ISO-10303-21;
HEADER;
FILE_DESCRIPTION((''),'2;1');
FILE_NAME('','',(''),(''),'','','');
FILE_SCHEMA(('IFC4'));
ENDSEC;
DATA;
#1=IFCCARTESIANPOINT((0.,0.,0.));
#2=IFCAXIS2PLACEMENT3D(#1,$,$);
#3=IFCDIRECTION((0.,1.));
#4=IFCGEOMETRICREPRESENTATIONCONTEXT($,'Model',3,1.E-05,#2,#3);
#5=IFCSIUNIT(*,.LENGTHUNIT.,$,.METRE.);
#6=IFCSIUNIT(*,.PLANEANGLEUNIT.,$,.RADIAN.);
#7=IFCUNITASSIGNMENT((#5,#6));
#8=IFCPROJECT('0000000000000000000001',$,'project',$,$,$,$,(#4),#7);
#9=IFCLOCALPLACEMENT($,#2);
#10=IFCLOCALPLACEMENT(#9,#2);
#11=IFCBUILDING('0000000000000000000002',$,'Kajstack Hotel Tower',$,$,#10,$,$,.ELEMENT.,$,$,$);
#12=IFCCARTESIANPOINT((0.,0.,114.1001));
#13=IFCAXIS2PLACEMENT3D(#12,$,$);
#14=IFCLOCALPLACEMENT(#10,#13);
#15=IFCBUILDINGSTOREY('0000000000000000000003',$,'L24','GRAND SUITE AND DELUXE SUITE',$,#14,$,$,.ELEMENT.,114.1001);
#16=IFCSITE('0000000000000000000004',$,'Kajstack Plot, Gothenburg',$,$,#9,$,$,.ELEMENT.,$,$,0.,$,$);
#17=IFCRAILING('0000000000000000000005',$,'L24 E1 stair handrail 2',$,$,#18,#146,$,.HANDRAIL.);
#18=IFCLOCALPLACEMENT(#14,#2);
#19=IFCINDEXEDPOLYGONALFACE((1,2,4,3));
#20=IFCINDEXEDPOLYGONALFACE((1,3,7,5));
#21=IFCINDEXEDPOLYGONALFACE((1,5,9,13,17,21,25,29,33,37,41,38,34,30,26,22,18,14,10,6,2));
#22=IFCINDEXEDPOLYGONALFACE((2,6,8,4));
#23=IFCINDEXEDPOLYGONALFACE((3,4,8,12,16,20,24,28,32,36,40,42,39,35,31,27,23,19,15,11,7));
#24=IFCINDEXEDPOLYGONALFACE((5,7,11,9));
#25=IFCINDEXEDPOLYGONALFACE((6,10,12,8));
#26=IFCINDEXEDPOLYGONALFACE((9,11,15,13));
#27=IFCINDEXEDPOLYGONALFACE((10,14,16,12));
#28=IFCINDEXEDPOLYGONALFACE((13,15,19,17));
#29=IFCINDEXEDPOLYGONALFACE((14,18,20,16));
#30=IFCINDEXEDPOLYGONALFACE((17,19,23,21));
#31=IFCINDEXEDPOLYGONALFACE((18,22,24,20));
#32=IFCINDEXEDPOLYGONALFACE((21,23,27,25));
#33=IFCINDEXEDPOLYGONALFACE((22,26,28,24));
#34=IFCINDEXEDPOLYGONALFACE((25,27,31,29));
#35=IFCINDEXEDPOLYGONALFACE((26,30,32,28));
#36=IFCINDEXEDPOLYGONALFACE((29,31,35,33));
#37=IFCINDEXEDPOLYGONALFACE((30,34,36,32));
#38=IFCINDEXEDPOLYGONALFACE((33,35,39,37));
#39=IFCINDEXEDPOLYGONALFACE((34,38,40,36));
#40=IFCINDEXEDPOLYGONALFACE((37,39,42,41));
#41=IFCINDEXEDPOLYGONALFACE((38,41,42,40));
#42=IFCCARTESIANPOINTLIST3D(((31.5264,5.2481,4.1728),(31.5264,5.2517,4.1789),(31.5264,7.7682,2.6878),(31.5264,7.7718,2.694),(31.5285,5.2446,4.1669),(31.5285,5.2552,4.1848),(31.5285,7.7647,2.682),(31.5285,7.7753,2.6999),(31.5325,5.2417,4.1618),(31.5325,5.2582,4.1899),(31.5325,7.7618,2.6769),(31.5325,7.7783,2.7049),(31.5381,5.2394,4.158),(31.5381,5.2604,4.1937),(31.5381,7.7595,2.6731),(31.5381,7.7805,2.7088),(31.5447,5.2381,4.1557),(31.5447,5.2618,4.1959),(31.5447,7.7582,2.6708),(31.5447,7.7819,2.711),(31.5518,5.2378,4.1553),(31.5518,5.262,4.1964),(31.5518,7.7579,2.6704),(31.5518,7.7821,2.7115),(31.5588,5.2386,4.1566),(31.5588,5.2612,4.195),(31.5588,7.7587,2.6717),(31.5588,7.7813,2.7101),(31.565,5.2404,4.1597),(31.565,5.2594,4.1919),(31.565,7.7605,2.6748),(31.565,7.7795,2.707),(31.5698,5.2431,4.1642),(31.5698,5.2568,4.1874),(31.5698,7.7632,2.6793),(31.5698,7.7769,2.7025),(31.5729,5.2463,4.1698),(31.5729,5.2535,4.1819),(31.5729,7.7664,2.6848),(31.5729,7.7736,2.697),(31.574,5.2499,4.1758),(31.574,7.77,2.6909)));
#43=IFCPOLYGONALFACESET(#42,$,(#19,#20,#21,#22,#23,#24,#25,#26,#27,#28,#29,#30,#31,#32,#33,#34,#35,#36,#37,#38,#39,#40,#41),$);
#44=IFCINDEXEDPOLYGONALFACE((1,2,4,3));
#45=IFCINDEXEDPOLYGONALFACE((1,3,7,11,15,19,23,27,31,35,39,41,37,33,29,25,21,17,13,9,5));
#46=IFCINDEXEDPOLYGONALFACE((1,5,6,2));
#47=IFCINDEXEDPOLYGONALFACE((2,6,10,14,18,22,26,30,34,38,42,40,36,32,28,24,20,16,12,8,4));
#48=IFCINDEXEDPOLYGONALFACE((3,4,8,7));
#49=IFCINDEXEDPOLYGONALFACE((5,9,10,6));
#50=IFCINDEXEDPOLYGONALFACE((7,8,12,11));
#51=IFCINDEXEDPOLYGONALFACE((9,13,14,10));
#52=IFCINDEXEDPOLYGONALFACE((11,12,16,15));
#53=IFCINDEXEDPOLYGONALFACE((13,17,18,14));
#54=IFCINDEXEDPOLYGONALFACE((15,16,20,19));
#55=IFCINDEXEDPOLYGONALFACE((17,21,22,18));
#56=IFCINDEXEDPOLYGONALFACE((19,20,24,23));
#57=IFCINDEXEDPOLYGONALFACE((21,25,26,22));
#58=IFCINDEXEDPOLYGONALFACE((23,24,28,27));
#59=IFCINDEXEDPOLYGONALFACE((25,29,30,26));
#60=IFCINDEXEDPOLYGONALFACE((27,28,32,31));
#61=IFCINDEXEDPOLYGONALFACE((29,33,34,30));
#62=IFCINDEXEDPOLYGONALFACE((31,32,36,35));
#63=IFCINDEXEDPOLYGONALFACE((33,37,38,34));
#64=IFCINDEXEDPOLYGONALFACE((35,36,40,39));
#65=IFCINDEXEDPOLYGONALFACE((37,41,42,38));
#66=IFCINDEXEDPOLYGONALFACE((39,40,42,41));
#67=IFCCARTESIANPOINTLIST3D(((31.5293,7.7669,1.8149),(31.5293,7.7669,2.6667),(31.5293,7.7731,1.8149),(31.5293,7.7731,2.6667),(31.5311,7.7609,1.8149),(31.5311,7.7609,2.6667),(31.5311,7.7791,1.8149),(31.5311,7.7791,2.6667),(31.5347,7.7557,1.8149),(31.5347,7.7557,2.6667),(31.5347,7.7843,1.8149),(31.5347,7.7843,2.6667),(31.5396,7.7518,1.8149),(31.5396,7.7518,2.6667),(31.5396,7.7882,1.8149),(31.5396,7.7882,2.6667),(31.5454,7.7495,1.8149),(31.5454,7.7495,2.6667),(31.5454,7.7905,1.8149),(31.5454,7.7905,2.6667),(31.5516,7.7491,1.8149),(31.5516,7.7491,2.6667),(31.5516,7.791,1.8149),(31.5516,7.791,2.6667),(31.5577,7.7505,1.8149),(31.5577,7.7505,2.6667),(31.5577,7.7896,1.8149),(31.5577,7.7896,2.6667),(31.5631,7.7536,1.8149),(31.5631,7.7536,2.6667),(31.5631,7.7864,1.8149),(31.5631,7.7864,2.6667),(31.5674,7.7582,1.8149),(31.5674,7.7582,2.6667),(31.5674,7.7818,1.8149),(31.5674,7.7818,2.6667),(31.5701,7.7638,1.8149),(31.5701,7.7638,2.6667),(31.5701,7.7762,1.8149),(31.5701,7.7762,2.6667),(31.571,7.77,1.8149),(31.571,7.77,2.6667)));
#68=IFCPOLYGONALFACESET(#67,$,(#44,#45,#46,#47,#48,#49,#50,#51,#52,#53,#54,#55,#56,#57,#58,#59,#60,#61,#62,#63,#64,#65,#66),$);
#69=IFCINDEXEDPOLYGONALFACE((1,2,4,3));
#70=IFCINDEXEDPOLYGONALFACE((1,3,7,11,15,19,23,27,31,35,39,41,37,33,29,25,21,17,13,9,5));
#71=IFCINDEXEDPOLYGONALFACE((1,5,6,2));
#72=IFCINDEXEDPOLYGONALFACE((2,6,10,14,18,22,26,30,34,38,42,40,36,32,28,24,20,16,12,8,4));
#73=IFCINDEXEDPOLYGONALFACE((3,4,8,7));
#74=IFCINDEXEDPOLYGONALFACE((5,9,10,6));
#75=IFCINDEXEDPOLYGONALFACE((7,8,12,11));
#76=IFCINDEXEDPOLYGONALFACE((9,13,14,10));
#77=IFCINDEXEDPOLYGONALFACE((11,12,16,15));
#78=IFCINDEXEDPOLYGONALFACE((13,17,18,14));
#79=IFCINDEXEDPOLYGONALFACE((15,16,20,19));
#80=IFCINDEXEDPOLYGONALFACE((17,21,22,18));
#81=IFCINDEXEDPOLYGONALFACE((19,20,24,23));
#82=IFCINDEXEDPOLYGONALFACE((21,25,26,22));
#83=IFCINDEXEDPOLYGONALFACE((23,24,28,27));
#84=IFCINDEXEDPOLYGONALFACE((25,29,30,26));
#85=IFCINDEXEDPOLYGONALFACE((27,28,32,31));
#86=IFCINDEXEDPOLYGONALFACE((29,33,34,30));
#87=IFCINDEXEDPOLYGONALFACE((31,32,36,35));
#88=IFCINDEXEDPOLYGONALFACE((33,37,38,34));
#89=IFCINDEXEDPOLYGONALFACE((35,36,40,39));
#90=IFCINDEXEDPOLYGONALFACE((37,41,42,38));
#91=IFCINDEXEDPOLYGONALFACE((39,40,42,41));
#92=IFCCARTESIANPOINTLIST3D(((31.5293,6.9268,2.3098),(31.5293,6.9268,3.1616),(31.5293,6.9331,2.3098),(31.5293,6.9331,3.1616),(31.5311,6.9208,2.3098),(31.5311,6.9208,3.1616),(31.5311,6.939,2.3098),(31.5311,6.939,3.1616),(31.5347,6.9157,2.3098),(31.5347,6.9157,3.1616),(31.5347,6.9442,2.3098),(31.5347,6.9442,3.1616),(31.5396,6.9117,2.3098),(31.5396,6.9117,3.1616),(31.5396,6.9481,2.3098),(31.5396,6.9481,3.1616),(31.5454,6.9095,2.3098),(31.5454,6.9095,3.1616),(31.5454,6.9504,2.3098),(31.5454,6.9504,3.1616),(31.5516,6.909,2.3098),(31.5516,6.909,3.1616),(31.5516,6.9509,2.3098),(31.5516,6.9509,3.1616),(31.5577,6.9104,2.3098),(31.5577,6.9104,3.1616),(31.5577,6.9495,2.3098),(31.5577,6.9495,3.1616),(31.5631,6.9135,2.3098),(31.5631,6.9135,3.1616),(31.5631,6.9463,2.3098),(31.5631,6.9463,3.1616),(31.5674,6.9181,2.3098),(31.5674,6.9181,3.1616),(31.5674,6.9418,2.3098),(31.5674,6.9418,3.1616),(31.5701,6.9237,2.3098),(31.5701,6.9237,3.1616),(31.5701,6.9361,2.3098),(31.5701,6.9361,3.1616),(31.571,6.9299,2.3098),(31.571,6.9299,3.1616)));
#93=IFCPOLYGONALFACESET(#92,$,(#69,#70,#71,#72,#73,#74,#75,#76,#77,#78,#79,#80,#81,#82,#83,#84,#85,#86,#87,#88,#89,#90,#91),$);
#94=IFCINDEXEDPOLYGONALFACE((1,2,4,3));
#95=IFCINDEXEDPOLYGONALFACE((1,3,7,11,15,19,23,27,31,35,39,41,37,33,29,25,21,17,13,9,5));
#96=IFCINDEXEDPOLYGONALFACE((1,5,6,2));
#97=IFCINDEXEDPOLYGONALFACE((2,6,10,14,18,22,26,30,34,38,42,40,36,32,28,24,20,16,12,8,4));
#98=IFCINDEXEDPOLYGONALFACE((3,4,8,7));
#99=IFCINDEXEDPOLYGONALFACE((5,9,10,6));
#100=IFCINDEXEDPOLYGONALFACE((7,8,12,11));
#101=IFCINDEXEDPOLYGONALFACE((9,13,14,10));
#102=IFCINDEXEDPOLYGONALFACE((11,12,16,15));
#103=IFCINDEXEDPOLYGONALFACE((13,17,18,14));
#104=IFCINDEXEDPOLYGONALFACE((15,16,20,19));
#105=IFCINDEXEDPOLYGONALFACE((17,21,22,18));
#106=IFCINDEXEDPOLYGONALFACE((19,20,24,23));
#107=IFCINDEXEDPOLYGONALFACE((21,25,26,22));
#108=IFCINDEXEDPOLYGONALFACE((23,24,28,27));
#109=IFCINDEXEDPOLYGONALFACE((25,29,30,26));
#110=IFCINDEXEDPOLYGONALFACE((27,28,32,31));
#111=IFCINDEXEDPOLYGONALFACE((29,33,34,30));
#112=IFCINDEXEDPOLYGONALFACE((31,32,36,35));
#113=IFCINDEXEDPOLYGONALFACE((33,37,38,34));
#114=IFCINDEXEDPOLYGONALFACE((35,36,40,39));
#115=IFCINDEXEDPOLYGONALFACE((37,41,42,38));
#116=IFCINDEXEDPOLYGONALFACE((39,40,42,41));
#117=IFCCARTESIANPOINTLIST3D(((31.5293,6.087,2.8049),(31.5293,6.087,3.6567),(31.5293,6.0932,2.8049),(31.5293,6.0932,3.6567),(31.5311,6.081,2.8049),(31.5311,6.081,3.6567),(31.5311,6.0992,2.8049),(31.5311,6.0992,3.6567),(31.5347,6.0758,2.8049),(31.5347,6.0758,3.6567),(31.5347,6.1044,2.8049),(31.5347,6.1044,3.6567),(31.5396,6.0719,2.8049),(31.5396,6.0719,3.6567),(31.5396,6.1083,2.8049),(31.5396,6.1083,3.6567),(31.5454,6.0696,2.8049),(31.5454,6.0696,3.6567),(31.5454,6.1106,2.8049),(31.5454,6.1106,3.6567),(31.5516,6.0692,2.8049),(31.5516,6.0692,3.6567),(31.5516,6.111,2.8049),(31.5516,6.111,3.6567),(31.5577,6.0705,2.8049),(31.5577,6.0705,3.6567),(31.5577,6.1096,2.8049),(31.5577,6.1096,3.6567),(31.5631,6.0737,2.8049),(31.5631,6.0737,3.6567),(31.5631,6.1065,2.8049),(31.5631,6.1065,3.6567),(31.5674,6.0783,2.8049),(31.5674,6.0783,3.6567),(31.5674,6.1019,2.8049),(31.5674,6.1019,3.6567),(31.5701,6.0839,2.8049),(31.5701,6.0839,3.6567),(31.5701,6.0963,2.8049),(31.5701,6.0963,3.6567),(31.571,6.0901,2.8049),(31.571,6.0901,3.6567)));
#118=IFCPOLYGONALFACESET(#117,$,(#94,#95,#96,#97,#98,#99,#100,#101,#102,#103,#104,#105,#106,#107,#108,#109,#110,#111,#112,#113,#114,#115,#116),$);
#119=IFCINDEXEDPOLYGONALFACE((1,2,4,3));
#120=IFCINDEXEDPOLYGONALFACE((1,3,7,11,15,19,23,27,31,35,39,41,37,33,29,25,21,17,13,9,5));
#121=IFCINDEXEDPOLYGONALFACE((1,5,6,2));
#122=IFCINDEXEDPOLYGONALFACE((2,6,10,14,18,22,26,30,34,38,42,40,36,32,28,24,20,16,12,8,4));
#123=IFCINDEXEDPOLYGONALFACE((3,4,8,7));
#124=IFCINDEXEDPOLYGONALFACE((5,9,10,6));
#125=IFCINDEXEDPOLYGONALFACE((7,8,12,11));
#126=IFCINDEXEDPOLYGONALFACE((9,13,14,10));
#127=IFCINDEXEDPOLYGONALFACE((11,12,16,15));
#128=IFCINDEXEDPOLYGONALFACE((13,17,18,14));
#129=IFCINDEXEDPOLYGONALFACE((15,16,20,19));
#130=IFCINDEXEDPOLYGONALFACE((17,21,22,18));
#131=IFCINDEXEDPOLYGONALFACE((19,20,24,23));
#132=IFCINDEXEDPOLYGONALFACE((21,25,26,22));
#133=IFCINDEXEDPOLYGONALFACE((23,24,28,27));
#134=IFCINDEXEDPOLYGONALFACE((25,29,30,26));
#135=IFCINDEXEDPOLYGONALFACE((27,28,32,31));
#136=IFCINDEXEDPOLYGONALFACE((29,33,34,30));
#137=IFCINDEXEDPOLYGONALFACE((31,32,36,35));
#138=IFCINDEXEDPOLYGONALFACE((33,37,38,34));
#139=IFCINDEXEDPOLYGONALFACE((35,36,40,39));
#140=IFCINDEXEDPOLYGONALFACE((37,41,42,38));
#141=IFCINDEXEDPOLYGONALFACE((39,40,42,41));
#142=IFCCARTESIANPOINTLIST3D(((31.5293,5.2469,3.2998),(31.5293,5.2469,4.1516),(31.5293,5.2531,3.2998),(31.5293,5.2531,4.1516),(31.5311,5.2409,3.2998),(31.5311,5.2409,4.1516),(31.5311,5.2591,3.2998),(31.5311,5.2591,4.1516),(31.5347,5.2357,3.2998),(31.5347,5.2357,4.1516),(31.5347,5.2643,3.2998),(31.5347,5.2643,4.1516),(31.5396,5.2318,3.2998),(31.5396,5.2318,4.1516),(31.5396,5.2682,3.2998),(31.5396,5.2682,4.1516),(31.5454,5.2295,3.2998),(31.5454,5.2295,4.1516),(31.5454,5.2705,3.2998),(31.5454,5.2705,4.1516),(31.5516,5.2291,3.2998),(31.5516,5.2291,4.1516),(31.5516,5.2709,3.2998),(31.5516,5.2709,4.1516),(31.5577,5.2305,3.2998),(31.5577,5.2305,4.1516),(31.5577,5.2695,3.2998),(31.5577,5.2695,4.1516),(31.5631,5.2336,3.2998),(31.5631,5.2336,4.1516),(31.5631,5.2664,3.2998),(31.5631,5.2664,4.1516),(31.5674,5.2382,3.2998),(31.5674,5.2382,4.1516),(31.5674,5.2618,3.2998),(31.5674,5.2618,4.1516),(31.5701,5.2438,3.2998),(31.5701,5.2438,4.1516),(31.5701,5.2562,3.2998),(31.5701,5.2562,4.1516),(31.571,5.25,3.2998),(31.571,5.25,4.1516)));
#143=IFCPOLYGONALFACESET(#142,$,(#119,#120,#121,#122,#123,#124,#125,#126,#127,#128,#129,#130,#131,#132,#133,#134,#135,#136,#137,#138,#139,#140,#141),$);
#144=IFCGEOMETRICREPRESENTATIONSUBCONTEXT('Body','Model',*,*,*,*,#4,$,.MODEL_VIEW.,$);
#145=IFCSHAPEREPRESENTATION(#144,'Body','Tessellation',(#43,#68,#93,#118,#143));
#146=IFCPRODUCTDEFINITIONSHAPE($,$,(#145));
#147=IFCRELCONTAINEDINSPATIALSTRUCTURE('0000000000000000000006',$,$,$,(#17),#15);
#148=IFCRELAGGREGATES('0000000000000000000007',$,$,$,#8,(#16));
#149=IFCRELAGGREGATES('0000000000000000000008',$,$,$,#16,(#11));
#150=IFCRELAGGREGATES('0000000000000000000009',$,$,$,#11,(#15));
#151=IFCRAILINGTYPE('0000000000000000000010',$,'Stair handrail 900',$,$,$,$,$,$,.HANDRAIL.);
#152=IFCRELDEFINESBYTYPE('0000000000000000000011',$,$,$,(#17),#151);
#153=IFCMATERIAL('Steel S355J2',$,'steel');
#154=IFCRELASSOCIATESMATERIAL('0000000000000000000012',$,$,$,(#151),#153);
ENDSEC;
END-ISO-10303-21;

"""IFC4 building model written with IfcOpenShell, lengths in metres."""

from ifc_helpers import new_model, si_unit, direction, frame, origin, origin_2d, place, context, subcontext, project, spatial, circle, extrude, material, type_object, element, save


model = new_model("IFC4")

# Units and contexts
model_context = context("Model", 3, precision=1e-05, world=origin(), true_north=direction((0.0, 1.0)))
body_context = subcontext(model_context, "Body", "Model", "MODEL_VIEW")
ifc_project = project(units=[si_unit("LENGTHUNIT", "METRE"), si_unit("PLANEANGLEUNIT", "RADIAN")], contexts=[model_context])

# Site, building, storey
site_placement = place(None, origin())
site = spatial("IfcSite", under=ifc_project, at=site_placement, Name="Kajstack Plot, Gothenburg", CompositionType="ELEMENT", RefElevation=0.0)
building_placement = place(site_placement, origin())
building = spatial("IfcBuilding", under=site, at=building_placement, Name="Kajstack Hotel Tower", CompositionType="ELEMENT")
storey_placement = place(building_placement, frame((0.0, 0.0, 114.1001)))
storey = spatial("IfcBuildingStorey", under=building, at=storey_placement, Name="L24", Description="GRAND SUITE AND DELUXE SUITE", CompositionType="ELEMENT", Elevation=114.1001)

# Railing
ifc_material_1 = material(Name="Steel S355J2", Category="steel")
railing_type_1 = type_object("IfcRailingType", Name="Stair handrail 900", PredefinedType="HANDRAIL", material=ifc_material_1)
railing_1_placement = place(storey_placement, frame((31.55, 7.77, 1.8149)))
element("IfcRailing", 1, at=railing_1_placement, inside=storey, type_object=railing_type_1, Name="L24 E1 stair handrail 2", PredefinedType="HANDRAIL", context=body_context, shape_type="SweptSolid", body=[
    extrude(circle(Radius=0.0239, at=origin_2d()), frame((0.0, 0.0, 0.876), z_axis=(0.0, -0.861561, 0.507655), x_axis=(1.0, 0.0, 0.0)), (0.0, 0.0, 1.0), 2.925),
    extrude(circle(Radius=0.021, at=origin_2d()), origin(), (0.0, 0.0, 1.0), 0.8518),
    extrude(circle(Radius=0.021, at=origin_2d()), frame((0.0, -0.8401, 0.4949)), (0.0, 0.0, 1.0), 0.8518),
    extrude(circle(Radius=0.021, at=origin_2d()), frame((0.0, -1.6799, 0.99)), (0.0, 0.0, 1.0), 0.8518),
    extrude(circle(Radius=0.021, at=origin_2d()), frame((0.0, -2.52, 1.4849)), (0.0, 0.0, 1.0), 0.8518),
])

save(model, "model.ifc")
